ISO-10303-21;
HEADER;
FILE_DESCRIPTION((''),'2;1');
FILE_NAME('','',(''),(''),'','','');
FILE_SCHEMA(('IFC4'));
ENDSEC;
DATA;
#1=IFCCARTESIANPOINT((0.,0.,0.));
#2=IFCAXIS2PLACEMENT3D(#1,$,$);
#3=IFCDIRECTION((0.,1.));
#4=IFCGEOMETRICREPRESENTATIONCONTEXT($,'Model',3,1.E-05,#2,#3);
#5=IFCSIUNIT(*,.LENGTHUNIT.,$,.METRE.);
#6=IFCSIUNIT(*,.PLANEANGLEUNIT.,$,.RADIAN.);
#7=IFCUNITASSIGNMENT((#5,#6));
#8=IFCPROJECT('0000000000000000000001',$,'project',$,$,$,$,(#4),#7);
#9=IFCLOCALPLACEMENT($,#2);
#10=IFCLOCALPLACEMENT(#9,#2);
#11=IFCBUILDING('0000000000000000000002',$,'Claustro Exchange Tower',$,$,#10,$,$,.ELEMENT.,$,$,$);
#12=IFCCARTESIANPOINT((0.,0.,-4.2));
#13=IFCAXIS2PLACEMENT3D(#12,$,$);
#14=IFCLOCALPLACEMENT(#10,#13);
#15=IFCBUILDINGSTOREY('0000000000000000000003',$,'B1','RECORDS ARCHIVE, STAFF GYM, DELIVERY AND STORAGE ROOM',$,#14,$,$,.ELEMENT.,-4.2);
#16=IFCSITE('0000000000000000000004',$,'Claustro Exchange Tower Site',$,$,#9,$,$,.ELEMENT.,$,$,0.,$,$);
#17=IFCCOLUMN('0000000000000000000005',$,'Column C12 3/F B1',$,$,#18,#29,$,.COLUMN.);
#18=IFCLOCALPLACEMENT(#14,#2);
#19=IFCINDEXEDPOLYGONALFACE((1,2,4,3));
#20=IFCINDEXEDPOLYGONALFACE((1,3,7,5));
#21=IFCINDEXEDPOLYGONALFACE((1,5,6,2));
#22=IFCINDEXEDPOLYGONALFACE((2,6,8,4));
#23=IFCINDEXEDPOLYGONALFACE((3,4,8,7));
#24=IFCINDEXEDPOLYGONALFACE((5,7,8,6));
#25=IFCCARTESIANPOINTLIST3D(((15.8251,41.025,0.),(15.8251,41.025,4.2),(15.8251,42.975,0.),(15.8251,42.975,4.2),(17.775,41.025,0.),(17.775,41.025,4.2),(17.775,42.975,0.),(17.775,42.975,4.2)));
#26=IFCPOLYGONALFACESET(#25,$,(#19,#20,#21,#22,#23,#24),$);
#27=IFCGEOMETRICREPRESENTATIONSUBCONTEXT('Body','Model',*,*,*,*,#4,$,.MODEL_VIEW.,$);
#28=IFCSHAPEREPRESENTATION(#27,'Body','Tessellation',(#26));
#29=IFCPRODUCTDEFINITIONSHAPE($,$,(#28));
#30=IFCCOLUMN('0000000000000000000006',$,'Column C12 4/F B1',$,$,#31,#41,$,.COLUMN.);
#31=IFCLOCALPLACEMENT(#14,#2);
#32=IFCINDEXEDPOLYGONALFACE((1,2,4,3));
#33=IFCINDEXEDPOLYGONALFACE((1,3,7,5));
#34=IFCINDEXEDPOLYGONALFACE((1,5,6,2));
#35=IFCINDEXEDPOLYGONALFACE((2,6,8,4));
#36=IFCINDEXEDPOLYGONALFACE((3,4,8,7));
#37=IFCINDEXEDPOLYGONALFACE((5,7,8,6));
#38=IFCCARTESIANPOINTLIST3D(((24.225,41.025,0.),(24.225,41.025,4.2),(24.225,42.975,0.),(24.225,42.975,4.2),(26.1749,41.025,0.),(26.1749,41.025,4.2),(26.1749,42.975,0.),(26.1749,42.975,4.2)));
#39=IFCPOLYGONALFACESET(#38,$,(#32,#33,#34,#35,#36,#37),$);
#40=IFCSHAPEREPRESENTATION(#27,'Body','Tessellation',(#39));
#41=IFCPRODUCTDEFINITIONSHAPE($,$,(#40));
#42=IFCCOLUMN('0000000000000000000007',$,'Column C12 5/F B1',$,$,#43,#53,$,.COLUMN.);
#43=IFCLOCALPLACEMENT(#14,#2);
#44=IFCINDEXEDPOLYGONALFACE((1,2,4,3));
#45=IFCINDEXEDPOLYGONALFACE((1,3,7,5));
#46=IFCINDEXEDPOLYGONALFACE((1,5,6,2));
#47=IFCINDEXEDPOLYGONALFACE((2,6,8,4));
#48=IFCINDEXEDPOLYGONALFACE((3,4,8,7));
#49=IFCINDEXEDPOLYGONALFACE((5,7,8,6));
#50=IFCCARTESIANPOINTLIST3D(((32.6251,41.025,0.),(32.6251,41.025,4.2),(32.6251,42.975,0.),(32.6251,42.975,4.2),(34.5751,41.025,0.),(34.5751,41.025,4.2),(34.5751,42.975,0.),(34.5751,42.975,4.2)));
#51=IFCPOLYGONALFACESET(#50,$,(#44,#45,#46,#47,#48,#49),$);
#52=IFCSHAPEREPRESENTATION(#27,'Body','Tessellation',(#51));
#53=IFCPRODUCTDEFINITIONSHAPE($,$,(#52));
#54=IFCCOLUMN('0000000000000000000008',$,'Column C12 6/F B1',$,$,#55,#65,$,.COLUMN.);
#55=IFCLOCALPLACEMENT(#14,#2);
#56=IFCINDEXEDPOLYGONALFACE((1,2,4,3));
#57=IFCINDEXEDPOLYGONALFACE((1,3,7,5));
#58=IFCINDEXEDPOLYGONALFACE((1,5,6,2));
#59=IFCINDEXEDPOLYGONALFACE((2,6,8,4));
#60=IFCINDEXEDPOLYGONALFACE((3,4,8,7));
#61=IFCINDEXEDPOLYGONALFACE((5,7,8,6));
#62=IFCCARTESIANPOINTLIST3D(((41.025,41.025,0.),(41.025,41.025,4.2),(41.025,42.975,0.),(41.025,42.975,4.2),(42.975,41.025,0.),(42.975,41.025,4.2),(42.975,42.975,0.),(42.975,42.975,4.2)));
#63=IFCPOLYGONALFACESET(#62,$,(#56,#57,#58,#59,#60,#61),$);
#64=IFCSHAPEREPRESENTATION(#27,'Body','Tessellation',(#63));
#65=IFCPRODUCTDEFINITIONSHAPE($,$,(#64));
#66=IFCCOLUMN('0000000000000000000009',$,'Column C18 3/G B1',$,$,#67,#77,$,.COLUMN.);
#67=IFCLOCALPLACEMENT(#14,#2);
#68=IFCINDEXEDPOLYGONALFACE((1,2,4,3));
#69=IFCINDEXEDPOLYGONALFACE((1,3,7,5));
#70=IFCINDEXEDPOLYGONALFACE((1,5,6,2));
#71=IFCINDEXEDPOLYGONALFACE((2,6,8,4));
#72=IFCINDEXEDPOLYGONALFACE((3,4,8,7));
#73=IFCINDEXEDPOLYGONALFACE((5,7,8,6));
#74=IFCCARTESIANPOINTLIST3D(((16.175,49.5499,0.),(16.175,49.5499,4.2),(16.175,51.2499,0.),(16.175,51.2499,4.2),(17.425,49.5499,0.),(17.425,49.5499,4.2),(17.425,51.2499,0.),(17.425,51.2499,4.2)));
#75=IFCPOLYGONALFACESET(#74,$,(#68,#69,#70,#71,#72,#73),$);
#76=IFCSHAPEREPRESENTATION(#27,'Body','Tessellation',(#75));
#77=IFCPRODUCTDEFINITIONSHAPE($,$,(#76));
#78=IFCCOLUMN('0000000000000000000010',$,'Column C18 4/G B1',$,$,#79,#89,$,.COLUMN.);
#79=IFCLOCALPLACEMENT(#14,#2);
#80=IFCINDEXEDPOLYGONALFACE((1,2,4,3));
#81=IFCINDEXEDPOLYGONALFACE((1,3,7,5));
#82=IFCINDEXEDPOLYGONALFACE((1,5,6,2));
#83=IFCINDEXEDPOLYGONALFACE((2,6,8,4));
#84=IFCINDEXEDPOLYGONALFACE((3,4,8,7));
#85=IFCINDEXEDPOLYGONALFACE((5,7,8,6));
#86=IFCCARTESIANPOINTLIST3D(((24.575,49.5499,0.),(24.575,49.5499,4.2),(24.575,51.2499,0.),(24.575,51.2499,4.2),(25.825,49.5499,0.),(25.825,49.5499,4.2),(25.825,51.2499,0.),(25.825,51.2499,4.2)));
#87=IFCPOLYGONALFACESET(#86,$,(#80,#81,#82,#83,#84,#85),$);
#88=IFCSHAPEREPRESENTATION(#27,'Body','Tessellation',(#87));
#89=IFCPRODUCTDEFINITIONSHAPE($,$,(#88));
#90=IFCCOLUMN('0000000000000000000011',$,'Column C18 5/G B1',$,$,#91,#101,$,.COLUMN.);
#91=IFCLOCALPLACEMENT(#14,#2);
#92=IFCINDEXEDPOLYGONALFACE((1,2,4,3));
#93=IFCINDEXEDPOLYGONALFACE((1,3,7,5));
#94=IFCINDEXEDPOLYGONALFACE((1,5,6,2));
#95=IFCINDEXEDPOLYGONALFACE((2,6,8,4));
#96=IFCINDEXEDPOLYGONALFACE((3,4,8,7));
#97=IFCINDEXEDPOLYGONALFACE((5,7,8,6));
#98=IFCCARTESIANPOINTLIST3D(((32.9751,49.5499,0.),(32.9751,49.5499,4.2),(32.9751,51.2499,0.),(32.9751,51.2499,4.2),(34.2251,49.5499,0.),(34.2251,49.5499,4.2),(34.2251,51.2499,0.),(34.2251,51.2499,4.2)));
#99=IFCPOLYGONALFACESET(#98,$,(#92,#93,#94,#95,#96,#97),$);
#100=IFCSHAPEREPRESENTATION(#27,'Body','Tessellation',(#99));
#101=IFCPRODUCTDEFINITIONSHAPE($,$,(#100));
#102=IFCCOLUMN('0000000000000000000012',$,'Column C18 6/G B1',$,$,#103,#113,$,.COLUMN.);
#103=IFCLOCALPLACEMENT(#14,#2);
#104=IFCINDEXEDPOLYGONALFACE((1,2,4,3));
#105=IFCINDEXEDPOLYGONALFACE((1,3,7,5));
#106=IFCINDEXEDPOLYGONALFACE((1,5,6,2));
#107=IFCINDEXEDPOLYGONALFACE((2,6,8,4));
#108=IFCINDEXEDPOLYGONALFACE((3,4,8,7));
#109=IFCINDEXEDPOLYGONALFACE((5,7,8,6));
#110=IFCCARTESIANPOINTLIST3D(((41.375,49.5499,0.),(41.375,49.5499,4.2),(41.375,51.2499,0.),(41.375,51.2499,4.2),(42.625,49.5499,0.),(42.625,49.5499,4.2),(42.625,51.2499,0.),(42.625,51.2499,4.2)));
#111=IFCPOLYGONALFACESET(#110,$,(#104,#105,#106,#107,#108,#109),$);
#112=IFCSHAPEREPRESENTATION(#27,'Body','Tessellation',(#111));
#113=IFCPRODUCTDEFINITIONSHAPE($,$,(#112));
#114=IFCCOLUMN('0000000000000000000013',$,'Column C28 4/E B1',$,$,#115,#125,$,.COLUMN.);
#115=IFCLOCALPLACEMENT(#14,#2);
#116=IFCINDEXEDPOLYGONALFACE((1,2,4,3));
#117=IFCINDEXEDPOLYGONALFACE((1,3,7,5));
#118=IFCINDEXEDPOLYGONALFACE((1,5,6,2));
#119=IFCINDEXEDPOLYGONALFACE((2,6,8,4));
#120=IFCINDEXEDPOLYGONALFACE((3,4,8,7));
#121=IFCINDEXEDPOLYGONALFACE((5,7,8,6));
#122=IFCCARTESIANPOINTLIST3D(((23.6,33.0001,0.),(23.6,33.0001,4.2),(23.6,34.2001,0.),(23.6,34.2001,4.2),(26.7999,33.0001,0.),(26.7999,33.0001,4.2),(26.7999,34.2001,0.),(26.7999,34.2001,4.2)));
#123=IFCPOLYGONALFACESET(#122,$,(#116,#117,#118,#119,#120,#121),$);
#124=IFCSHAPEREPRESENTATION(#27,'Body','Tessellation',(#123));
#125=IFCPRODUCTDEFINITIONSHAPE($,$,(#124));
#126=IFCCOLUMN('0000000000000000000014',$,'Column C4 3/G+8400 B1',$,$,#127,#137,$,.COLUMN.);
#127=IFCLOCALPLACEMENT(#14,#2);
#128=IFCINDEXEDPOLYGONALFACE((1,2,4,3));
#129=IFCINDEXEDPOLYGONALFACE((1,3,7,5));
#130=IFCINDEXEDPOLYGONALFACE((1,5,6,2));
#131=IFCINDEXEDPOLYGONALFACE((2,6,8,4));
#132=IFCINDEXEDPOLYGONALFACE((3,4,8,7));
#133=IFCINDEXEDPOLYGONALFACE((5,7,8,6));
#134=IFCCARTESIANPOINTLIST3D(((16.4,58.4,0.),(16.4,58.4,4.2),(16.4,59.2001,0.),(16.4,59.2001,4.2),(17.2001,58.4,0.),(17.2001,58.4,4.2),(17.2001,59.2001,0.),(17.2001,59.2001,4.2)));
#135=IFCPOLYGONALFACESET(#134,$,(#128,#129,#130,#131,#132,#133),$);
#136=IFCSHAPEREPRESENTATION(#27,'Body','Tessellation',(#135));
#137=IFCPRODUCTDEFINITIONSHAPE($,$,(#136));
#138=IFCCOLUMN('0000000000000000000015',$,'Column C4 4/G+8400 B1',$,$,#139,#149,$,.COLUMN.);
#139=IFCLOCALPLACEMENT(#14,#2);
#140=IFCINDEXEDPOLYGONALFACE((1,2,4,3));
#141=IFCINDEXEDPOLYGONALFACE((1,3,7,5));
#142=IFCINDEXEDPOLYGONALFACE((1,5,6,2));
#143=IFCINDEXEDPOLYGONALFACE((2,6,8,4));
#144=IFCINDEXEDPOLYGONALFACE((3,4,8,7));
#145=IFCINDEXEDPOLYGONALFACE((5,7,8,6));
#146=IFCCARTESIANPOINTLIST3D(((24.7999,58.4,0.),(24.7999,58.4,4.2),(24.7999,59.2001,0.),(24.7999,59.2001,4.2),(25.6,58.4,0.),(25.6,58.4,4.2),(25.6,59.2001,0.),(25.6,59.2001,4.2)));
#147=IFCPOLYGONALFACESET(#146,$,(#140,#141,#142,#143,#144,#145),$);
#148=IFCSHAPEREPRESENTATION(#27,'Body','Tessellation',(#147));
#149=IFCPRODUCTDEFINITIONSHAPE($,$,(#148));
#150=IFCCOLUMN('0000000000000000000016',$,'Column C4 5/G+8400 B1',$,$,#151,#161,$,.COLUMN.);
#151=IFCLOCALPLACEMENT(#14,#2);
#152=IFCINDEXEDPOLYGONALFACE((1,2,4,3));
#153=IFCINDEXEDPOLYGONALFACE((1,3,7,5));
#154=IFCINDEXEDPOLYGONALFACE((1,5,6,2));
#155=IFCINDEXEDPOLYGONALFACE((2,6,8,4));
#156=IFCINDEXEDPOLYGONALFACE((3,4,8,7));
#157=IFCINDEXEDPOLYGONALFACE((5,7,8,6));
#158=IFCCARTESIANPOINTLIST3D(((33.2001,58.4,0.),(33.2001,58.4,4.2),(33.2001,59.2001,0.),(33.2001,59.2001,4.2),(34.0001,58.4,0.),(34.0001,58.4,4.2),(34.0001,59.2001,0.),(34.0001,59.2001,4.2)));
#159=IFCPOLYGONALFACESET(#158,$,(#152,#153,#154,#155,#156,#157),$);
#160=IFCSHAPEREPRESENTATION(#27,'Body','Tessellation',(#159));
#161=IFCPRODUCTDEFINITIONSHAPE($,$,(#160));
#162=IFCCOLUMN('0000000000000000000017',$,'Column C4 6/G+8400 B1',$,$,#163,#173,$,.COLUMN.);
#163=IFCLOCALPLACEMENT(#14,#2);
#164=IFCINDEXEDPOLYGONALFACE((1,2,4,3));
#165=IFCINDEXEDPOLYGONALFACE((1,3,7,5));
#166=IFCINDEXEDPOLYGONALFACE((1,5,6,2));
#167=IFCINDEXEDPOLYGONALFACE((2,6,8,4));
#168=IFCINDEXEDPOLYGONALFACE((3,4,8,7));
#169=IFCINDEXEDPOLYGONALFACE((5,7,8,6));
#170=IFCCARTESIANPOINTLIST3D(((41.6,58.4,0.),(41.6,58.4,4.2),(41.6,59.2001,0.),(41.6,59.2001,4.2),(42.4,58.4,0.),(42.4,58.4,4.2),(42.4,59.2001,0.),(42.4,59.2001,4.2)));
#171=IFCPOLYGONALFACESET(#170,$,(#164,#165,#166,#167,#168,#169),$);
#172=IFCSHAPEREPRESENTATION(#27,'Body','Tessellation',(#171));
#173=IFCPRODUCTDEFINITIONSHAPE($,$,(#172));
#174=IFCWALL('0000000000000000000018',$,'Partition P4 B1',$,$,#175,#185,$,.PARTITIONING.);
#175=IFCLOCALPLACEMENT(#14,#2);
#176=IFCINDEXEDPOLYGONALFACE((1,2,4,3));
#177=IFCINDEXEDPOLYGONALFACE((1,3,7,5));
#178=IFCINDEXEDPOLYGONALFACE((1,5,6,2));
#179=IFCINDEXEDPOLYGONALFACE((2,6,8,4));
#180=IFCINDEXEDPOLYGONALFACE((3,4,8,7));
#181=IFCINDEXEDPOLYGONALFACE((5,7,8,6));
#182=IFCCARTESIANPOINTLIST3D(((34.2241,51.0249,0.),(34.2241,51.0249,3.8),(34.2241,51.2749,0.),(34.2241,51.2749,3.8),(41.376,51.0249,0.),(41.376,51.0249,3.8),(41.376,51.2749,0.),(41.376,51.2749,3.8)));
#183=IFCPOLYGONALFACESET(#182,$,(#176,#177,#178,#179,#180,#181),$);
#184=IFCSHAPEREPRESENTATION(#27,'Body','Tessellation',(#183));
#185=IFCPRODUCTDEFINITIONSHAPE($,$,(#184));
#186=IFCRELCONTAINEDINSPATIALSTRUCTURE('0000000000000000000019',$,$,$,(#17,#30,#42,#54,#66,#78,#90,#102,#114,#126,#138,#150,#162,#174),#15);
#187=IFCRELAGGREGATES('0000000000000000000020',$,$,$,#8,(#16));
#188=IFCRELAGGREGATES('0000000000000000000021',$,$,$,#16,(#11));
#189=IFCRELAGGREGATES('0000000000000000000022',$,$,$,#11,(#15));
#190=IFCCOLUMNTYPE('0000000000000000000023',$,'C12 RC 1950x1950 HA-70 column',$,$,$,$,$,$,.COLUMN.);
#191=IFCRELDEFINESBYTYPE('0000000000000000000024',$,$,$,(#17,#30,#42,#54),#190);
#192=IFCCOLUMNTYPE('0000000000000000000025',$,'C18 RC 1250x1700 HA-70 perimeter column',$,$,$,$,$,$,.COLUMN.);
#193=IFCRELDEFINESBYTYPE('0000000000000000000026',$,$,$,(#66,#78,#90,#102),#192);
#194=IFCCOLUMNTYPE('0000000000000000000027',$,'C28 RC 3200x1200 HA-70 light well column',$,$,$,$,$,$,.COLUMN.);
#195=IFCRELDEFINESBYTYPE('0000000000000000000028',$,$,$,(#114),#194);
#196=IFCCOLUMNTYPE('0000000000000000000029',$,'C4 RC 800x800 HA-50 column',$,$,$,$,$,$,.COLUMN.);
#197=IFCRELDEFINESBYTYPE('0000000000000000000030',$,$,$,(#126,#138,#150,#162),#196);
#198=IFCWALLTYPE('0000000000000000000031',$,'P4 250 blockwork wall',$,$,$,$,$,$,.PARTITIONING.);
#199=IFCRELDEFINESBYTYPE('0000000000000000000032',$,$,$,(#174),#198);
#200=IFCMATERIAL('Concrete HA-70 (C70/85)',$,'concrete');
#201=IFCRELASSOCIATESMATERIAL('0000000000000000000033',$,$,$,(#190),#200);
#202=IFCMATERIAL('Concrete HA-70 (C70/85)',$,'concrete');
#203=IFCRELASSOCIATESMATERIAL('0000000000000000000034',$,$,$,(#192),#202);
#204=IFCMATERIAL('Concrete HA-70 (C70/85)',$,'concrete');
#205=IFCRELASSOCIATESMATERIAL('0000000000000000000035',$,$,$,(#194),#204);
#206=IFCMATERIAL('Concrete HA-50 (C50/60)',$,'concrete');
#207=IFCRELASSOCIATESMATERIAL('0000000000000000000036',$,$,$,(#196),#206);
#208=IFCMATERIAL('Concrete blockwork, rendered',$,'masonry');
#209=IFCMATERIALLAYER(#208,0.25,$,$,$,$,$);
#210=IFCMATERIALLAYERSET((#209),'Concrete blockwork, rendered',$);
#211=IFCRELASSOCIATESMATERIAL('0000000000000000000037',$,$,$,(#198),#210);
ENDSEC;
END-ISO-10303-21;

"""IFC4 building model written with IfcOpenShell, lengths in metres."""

from ifc_helpers import new_model, si_unit, direction, frame, frame_2d, origin, origin_2d, place, context, subcontext, project, spatial, rectangle, extrude, material, layer, layer_set, material_profile, profile_set, type_object, element, save


model = new_model("IFC4")

# Units and contexts
model_context = context("Model", 3, precision=1e-05, world=origin(), true_north=direction((0.0, 1.0)))
body_context = subcontext(model_context, "Body", "Model", "MODEL_VIEW")
ifc_project = project(units=[si_unit("LENGTHUNIT", "METRE"), si_unit("PLANEANGLEUNIT", "RADIAN")], contexts=[model_context])

# Site, building, storey
site_placement = place(None, origin())
site = spatial("IfcSite", under=ifc_project, at=site_placement, Name="Claustro Exchange Tower Site", CompositionType="ELEMENT", RefElevation=0.0)
building_placement = place(site_placement, origin())
building = spatial("IfcBuilding", under=site, at=building_placement, Name="Claustro Exchange Tower", CompositionType="ELEMENT")
storey_placement = place(building_placement, frame((0.0, 0.0, -4.2)))
storey = spatial("IfcBuildingStorey", under=building, at=storey_placement, Name="B1", Description="RECORDS ARCHIVE, STAFF GYM, DELIVERY AND STORAGE ROOM", CompositionType="ELEMENT", Elevation=-4.2)

# Columns
ifc_material_1 = material(Name="Concrete HA-70 (C70/85)", Category="concrete")
ifc_material_profile_1 = material_profile(ifc_material_1, rectangle(XDim=1.95, YDim=1.95, at=origin_2d()), Name="RC 1950x1950")
ifc_profile_set_1 = profile_set([ifc_material_profile_1], Name="Concrete HA-70 (C70/85)")
column_type_1 = type_object("IfcColumnType", Name="C12 RC 1950x1950 HA-70 column", PredefinedType="COLUMN", material=ifc_profile_set_1)
for number, where, z_axis, x_axis, name in (
    (1, (16.8, 42.0, 0.0), (0.0, 0.0, 1.0), (1.0, 0.0, 0.0), "Column C12 3/F B1"),
    (2, (25.2, 42.0, 0.0), (0.0, 0.0, 1.0), (1.0, 0.0, 0.0), "Column C12 4/F B1"),
    (3, (33.6001, 42.0, 0.0), (0.0, 0.0, 1.0), (1.0, 0.0, 0.0), "Column C12 5/F B1"),
    (4, (42.0, 42.0, 0.0), (0.0, 0.0, 1.0), (1.0, 0.0, 0.0), "Column C12 6/F B1"),
):
    element("IfcColumn", number, at=place(storey_placement, frame(where, z_axis=z_axis, x_axis=x_axis)), inside=storey, type_object=column_type_1, Name=name, PredefinedType="COLUMN", context=body_context, shape_type="SweptSolid", body=[
        extrude(rectangle(XDim=1.95, YDim=1.95, at=origin_2d()), origin(), (0.0, 0.0, 1.0), 4.2),
    ])
ifc_material_2 = material(Name="Concrete HA-70 (C70/85)", Category="concrete")
ifc_material_profile_2 = material_profile(ifc_material_2, rectangle(XDim=1.25, YDim=1.7, at=origin_2d()), Name="RC 1250x1700")
ifc_profile_set_2 = profile_set([ifc_material_profile_2], Name="Concrete HA-70 (C70/85)")
column_type_2 = type_object("IfcColumnType", Name="C18 RC 1250x1700 HA-70 perimeter column", PredefinedType="COLUMN", material=ifc_profile_set_2)
for number, where, z_axis, x_axis, name in (
    (5, (16.8, 50.3999, 0.0), (0.0, 0.0, 1.0), (1.0, 0.0, 0.0), "Column C18 3/G B1"),
    (6, (25.2, 50.3999, 0.0), (0.0, 0.0, 1.0), (1.0, 0.0, 0.0), "Column C18 4/G B1"),
    (7, (33.6001, 50.3999, 0.0), (0.0, 0.0, 1.0), (1.0, 0.0, 0.0), "Column C18 5/G B1"),
    (8, (42.0, 50.3999, 0.0), (0.0, 0.0, 1.0), (1.0, 0.0, 0.0), "Column C18 6/G B1"),
):
    element("IfcColumn", number, at=place(storey_placement, frame(where, z_axis=z_axis, x_axis=x_axis)), inside=storey, type_object=column_type_2, Name=name, PredefinedType="COLUMN", context=body_context, shape_type="SweptSolid", body=[
        extrude(rectangle(XDim=1.25, YDim=1.7, at=origin_2d()), origin(), (0.0, 0.0, 1.0), 4.2),
    ])
ifc_material_3 = material(Name="Concrete HA-70 (C70/85)", Category="concrete")
ifc_material_profile_3 = material_profile(ifc_material_3, rectangle(XDim=3.2, YDim=1.2, at=origin_2d()), Name="RC 3200x1200")
ifc_profile_set_3 = profile_set([ifc_material_profile_3], Name="Concrete HA-70 (C70/85)")
column_type_3 = type_object("IfcColumnType", Name="C28 RC 3200x1200 HA-70 light well column", PredefinedType="COLUMN", material=ifc_profile_set_3)
column_placement = place(storey_placement, frame((25.2, 33.6001, 0.0), z_axis=(0.0, 0.0, 1.0), x_axis=(1.0, 0.0, 0.0)))
element("IfcColumn", 9, at=column_placement, inside=storey, type_object=column_type_3, Name="Column C28 4/E B1", PredefinedType="COLUMN", context=body_context, shape_type="SweptSolid", body=[
    extrude(rectangle(XDim=3.2, YDim=1.2, at=origin_2d()), origin(), (0.0, 0.0, 1.0), 4.2),
])
ifc_material_4 = material(Name="Concrete HA-50 (C50/60)", Category="concrete")
ifc_material_profile_4 = material_profile(ifc_material_4, rectangle(XDim=0.8, YDim=0.8, at=origin_2d()), Name="RC 800x800")
ifc_profile_set_4 = profile_set([ifc_material_profile_4], Name="Concrete HA-50 (C50/60)")
column_type_4 = type_object("IfcColumnType", Name="C4 RC 800x800 HA-50 column", PredefinedType="COLUMN", material=ifc_profile_set_4)
for number, where, z_axis, x_axis, name in (
    (10, (16.8, 58.8, 0.0), (0.0, 0.0, 1.0), (1.0, 0.0, 0.0), "Column C4 3/G+8400 B1"),
    (11, (25.2, 58.8, 0.0), (0.0, 0.0, 1.0), (1.0, 0.0, 0.0), "Column C4 4/G+8400 B1"),
    (12, (33.6001, 58.8, 0.0), (0.0, 0.0, 1.0), (1.0, 0.0, 0.0), "Column C4 5/G+8400 B1"),
    (13, (42.0, 58.8, 0.0), (0.0, 0.0, 1.0), (1.0, 0.0, 0.0), "Column C4 6/G+8400 B1"),
):
    element("IfcColumn", number, at=place(storey_placement, frame(where, z_axis=z_axis, x_axis=x_axis)), inside=storey, type_object=column_type_4, Name=name, PredefinedType="COLUMN", context=body_context, shape_type="SweptSolid", body=[
        extrude(rectangle(XDim=0.8, YDim=0.8, at=origin_2d()), origin(), (0.0, 0.0, 1.0), 4.2),
    ])

# Shared definitions
ifc_material_5 = material(Name="Concrete blockwork, rendered", Category="masonry")
ifc_layer_1 = layer(ifc_material_5, 0.25)
ifc_layer_set_1 = layer_set([ifc_layer_1], Name="Concrete blockwork, rendered")
wall_type_1 = type_object("IfcWallType", Name="P4 250 blockwork wall", PredefinedType="PARTITIONING", material=ifc_layer_set_1)

# Wall
wall_1_placement = place(storey_placement, frame((34.2241, 51.1499, 0.0), z_axis=(0.0, 0.0, 1.0), x_axis=(1.0, 0.0, 0.0)))
element("IfcWall", 14, at=wall_1_placement, inside=storey, type_object=wall_type_1, Name="Partition P4 B1", PredefinedType="PARTITIONING", context=body_context, shape_type="SweptSolid", body=[
    extrude(rectangle(XDim=7.1519, YDim=0.25, at=frame_2d((3.5759, 0.0))), origin(), (0.0, 0.0, 1.0), 3.8),
])

save(model, "model.ifc")
